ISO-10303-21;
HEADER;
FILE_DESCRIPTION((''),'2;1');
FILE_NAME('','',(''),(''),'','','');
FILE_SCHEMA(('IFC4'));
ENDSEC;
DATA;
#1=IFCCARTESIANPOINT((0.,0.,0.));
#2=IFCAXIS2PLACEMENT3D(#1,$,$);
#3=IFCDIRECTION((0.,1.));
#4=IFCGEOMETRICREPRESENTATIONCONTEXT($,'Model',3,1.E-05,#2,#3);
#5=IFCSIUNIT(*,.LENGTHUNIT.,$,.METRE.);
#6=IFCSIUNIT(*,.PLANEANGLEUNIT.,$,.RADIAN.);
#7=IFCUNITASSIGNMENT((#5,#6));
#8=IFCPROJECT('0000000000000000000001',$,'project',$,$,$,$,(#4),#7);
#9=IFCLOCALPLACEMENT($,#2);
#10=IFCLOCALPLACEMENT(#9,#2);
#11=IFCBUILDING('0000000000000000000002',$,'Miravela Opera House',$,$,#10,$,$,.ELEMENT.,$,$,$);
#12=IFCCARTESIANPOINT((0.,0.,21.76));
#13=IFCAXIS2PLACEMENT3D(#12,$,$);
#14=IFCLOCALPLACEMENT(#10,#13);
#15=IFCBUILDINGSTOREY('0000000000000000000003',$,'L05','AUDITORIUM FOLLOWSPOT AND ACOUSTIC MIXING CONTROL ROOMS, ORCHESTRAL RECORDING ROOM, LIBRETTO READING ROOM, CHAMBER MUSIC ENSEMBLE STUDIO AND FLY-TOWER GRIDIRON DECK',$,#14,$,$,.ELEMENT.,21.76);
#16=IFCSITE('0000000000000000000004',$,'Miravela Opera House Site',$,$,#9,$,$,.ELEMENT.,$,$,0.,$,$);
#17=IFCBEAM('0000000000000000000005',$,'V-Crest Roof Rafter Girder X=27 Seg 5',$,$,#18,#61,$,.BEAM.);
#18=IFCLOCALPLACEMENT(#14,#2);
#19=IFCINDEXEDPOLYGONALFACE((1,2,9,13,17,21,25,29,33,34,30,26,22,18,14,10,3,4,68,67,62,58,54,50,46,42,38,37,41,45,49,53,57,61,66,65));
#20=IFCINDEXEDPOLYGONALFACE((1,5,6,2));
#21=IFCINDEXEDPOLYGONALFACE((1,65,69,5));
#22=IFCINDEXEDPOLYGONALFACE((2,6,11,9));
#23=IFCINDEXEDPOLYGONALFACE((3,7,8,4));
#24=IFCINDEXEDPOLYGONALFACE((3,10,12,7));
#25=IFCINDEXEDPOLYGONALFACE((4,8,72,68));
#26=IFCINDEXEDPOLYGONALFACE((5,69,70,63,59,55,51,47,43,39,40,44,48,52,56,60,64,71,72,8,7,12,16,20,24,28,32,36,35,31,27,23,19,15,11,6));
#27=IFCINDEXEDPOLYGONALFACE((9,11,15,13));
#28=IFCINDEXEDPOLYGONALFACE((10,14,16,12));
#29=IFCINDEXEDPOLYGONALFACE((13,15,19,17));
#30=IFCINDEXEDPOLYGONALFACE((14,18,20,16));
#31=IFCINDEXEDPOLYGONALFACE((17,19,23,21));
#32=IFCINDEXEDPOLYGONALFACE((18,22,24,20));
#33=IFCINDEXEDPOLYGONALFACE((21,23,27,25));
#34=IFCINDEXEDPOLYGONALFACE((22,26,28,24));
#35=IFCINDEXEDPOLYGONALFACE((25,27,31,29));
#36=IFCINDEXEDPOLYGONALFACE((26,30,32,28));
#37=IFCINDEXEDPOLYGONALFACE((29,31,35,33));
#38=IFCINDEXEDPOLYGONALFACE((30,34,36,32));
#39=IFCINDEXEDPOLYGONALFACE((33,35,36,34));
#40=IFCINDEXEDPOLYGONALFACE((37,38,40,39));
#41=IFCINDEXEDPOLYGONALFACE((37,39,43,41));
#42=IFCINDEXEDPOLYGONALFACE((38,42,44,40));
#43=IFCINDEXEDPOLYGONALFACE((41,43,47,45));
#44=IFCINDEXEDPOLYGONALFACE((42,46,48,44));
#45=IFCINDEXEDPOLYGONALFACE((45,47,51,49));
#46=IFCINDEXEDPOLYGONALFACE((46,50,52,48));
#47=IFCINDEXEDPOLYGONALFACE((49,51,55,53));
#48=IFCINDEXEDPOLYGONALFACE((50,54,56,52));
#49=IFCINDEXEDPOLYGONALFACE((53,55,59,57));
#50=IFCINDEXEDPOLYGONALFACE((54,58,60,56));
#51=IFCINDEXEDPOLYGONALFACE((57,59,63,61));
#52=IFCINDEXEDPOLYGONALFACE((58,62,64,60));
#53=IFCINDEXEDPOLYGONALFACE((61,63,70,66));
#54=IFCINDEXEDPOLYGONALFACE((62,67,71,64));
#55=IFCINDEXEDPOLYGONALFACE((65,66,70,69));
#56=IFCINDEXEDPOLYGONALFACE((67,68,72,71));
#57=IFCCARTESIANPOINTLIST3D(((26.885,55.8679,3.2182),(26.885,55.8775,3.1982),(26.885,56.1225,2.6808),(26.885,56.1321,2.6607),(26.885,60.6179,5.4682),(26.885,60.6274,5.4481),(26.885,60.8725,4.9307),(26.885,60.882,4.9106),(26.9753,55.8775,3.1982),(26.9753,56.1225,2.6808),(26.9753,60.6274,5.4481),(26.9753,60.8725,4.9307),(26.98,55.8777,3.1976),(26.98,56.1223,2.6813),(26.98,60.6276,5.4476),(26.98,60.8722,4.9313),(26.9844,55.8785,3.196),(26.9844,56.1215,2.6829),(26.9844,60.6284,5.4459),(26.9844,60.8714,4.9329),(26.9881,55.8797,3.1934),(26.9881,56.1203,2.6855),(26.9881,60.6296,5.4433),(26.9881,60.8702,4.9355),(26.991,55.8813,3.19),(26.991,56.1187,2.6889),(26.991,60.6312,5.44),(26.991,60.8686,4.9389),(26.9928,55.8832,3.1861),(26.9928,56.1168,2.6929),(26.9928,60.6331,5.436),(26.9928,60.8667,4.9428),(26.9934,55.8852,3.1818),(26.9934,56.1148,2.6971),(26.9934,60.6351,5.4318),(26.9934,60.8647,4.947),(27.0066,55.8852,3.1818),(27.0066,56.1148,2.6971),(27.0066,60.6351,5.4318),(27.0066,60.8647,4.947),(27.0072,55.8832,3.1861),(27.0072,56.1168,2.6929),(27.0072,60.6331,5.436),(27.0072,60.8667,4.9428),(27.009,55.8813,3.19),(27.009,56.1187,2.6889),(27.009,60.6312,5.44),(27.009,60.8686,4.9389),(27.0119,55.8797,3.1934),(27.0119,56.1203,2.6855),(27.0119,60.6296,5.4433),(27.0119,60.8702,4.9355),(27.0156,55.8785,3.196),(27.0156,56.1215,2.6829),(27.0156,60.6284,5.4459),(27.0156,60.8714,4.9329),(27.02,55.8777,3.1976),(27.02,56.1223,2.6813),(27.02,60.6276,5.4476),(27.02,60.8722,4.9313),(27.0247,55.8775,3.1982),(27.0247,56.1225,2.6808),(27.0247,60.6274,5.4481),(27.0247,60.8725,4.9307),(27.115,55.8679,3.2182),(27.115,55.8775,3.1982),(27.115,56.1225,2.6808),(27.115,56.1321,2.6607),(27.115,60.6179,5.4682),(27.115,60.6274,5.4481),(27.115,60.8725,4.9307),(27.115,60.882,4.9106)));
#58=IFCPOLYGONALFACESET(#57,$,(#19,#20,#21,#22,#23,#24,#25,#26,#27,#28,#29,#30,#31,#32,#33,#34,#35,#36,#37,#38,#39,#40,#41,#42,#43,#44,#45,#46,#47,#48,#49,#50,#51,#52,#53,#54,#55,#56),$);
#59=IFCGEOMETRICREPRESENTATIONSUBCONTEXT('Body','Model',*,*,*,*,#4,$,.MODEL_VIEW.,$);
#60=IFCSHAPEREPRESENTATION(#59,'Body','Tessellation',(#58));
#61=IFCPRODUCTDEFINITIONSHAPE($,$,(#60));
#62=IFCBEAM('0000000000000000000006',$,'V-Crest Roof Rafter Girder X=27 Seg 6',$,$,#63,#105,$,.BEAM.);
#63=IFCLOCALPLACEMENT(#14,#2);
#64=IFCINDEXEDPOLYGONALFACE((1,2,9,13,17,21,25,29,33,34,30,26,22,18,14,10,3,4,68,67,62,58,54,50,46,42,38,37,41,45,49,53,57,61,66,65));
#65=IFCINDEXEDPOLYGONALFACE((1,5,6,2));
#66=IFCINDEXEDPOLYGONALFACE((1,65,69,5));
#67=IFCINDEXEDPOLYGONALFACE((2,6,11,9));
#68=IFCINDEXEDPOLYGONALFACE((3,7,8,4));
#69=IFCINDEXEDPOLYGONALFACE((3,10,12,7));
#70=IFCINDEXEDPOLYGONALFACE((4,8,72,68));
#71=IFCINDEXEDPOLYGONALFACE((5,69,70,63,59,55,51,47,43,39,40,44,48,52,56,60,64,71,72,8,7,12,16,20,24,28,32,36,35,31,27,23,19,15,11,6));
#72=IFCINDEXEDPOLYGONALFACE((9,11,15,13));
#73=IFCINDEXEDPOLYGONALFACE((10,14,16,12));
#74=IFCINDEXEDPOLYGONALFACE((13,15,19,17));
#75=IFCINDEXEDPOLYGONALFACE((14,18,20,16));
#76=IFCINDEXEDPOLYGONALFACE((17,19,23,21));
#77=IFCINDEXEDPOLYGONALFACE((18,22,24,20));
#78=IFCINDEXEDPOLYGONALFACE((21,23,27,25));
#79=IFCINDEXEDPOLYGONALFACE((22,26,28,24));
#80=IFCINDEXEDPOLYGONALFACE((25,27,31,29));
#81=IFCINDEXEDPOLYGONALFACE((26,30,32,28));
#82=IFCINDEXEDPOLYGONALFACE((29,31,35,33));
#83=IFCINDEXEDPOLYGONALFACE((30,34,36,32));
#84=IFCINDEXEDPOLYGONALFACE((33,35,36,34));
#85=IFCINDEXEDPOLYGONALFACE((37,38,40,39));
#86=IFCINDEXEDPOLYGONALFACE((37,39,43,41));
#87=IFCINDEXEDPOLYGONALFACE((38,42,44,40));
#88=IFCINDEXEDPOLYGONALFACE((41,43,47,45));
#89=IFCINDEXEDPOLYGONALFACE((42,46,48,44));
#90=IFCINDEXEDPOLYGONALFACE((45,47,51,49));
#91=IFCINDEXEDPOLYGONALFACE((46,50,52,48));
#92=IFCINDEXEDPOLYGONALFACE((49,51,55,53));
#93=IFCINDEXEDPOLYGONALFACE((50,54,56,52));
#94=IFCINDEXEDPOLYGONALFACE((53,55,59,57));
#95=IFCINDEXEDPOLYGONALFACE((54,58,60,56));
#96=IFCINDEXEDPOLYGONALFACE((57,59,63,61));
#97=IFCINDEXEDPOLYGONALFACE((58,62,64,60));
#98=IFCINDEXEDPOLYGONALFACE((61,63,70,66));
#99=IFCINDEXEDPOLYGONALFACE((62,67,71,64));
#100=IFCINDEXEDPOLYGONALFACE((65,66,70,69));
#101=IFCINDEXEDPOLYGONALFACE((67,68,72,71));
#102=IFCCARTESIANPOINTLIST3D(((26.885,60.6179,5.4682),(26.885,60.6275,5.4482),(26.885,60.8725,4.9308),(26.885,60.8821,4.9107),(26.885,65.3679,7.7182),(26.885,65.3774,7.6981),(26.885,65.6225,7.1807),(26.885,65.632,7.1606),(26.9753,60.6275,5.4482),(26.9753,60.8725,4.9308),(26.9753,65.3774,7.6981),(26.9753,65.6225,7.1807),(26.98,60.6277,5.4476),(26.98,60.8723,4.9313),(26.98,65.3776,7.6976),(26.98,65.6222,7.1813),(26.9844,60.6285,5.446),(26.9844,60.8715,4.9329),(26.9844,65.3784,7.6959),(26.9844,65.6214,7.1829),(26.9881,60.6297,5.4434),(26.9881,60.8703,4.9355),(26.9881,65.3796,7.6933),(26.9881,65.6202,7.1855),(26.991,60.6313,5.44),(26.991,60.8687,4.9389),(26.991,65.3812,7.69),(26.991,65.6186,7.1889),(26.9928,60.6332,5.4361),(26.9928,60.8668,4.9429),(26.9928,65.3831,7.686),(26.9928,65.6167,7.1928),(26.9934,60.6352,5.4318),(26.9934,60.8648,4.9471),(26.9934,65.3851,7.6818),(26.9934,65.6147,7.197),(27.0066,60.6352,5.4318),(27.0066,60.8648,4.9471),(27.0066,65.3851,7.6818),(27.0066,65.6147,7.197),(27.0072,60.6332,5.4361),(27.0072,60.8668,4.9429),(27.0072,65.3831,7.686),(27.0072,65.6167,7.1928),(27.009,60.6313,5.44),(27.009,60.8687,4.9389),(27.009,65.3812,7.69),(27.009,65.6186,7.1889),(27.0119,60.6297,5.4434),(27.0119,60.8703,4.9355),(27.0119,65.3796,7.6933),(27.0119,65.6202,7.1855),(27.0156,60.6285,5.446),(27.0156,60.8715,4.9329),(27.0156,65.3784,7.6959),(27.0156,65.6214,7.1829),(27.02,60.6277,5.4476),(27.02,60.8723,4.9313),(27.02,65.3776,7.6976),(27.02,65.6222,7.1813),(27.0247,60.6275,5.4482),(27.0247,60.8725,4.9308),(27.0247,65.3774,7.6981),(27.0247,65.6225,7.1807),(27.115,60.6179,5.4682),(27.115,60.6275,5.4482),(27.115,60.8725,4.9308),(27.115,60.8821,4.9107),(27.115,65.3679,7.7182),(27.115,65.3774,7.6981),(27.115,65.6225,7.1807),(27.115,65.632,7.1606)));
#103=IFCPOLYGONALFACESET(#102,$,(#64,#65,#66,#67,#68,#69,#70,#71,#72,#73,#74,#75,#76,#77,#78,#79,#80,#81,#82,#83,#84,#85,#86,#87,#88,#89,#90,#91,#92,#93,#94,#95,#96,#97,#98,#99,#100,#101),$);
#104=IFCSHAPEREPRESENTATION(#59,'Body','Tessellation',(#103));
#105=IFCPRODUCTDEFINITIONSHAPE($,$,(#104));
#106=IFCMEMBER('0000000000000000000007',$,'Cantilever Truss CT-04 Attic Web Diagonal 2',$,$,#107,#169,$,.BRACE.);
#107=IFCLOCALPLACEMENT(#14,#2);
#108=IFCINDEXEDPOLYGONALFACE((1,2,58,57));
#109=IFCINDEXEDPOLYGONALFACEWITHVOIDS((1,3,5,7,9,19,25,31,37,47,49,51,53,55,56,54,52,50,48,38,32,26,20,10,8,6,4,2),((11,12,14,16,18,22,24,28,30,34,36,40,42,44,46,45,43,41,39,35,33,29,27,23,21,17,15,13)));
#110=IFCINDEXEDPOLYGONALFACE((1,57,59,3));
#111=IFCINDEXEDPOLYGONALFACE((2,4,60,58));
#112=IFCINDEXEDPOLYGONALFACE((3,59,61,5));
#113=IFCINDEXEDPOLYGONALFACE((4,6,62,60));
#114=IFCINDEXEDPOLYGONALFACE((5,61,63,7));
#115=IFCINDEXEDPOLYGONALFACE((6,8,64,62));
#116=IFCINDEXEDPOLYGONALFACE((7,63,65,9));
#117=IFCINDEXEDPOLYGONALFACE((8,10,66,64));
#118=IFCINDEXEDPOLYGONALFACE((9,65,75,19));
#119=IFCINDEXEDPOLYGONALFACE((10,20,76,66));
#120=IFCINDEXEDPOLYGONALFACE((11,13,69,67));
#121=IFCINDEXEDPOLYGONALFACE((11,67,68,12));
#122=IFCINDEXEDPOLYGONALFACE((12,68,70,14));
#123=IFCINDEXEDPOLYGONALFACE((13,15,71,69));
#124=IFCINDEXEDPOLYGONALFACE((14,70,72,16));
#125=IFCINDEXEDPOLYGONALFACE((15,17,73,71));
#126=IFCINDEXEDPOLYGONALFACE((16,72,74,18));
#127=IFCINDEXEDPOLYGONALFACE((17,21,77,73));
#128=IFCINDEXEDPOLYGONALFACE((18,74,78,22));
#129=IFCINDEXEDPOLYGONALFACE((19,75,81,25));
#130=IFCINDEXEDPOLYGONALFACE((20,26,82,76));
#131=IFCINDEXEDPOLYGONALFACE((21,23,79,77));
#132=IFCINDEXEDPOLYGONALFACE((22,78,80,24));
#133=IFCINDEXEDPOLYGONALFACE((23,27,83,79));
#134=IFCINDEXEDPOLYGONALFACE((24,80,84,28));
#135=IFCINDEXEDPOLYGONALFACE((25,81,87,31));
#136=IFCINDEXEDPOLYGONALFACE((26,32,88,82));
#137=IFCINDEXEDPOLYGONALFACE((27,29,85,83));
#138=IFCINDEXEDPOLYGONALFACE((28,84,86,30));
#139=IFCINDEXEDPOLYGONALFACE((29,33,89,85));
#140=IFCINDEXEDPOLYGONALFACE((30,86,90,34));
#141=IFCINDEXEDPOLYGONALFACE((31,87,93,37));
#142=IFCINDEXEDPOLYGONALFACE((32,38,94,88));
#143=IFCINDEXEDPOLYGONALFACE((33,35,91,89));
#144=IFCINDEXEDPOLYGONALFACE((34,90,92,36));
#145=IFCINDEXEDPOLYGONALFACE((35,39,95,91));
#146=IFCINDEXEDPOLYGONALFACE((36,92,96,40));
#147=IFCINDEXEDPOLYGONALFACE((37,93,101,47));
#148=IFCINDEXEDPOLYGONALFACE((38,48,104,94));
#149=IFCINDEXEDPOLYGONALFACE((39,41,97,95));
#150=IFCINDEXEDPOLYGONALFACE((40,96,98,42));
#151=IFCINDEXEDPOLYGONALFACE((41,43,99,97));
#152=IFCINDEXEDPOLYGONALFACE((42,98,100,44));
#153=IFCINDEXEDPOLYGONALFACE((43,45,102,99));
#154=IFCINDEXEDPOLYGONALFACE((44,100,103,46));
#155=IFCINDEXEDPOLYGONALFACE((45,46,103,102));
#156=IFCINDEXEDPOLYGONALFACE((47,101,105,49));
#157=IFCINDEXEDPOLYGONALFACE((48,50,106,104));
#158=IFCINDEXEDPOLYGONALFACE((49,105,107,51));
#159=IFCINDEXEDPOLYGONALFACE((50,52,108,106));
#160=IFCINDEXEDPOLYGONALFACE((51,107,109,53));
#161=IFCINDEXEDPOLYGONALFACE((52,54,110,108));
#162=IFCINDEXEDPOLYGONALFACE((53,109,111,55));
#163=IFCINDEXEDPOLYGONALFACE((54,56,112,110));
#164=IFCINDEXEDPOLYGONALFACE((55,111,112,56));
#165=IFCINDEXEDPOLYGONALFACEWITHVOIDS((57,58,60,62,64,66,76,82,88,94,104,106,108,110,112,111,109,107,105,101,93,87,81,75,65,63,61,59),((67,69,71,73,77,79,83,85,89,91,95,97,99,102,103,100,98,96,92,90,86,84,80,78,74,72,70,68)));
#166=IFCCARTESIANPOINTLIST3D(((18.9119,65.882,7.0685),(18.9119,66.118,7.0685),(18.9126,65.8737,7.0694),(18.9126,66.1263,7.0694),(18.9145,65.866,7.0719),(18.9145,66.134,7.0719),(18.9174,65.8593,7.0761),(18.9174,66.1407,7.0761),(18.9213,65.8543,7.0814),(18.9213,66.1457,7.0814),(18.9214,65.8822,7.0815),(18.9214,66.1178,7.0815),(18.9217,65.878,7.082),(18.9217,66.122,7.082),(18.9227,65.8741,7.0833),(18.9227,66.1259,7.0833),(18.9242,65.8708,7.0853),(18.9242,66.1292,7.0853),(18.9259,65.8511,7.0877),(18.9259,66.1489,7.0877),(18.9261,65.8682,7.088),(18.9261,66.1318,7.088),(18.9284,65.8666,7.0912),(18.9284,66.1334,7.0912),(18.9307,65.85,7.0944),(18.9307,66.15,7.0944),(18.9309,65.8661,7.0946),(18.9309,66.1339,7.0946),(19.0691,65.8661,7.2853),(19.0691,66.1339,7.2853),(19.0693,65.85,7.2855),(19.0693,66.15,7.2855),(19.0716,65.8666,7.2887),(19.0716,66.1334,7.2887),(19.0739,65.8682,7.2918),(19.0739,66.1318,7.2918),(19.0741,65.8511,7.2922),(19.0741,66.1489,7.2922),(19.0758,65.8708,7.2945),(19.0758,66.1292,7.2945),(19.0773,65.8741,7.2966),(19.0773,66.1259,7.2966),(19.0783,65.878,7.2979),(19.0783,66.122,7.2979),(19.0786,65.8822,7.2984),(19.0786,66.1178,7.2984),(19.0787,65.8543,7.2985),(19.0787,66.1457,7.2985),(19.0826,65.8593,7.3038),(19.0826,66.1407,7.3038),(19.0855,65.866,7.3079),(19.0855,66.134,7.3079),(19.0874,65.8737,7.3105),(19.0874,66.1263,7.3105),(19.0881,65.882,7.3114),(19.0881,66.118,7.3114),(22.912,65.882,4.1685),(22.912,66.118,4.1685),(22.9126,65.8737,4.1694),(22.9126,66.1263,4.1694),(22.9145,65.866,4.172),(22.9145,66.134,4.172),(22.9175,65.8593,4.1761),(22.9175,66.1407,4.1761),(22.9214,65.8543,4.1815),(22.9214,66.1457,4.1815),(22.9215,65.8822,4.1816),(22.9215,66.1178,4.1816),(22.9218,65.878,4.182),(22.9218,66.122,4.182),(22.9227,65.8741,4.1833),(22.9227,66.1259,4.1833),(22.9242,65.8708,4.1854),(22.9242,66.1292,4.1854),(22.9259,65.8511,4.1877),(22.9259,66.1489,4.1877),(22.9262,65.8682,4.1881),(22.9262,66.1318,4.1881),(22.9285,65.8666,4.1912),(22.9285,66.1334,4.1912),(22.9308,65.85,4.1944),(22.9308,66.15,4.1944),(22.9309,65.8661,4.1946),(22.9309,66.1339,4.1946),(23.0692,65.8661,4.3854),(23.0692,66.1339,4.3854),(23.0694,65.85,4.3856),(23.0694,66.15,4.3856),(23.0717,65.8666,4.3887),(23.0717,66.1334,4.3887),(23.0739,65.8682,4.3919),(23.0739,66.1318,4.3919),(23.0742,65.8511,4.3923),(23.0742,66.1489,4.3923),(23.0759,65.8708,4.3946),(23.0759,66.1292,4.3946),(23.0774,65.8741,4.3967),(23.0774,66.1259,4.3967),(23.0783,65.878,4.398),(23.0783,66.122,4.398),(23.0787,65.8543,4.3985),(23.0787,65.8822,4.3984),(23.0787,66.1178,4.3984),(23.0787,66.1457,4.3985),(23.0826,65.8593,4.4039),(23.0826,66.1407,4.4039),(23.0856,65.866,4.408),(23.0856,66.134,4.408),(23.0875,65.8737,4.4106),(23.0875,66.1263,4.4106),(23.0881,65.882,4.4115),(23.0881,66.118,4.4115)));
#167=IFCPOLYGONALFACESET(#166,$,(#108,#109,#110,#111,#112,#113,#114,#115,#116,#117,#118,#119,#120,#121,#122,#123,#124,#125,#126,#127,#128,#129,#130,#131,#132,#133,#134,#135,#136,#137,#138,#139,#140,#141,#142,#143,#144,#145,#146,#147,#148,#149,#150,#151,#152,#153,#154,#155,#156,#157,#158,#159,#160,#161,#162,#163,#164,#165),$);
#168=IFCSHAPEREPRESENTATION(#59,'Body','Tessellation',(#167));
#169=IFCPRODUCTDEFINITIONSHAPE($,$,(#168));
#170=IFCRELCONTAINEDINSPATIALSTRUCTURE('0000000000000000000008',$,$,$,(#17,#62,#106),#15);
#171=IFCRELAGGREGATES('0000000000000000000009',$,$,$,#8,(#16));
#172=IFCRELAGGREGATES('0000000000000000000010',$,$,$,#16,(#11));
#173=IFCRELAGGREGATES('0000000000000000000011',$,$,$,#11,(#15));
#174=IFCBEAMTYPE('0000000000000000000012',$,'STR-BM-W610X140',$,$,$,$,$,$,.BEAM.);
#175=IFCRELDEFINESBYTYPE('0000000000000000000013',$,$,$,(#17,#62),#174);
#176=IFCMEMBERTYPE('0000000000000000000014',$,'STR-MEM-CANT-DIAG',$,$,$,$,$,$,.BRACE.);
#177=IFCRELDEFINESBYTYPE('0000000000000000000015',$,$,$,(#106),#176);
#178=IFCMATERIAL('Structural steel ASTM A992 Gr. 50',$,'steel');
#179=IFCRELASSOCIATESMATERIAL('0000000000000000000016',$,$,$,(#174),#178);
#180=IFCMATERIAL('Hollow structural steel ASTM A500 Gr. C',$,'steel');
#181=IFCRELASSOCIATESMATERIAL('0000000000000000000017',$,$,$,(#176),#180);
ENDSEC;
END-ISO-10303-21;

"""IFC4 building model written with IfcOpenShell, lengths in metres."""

from ifc_helpers import new_model, si_unit, direction, frame, origin, origin_2d, place, context, subcontext, project, spatial, hollow_rectangle, i_section, extrude, material, material_profile, profile_set, type_object, element, save


model = new_model("IFC4")

# Units and contexts
model_context = context("Model", 3, precision=1e-05, world=origin(), true_north=direction((0.0, 1.0)))
body_context = subcontext(model_context, "Body", "Model", "MODEL_VIEW")
ifc_project = project(units=[si_unit("LENGTHUNIT", "METRE"), si_unit("PLANEANGLEUNIT", "RADIAN")], contexts=[model_context])

# Site, building, storey
site_placement = place(None, origin())
site = spatial("IfcSite", under=ifc_project, at=site_placement, Name="Miravela Opera House Site", CompositionType="ELEMENT", RefElevation=0.0)
building_placement = place(site_placement, origin())
building = spatial("IfcBuilding", under=site, at=building_placement, Name="Miravela Opera House", CompositionType="ELEMENT")
storey_placement = place(building_placement, frame((0.0, 0.0, 21.76)))
storey = spatial("IfcBuildingStorey", under=building, at=storey_placement, Name="L05", Description="AUDITORIUM FOLLOWSPOT AND ACOUSTIC MIXING CONTROL ROOMS, ORCHESTRAL RECORDING ROOM, LIBRETTO READING ROOM, CHAMBER MUSIC ENSEMBLE STUDIO AND FLY-TOWER GRIDIRON DECK", CompositionType="ELEMENT", Elevation=21.76)

# Beams
ifc_material_1 = material(Name="Structural steel ASTM A992 Gr. 50", Category="steel")
ifc_material_profile_1 = material_profile(ifc_material_1, i_section(OverallWidth=0.23, OverallDepth=0.6169, WebThickness=0.0132, FlangeThickness=0.0222, FilletRadius=0.0181, at=origin_2d()), Name="W610X140")
ifc_profile_set_1 = profile_set([ifc_material_profile_1])
beam_type_1 = type_object("IfcBeamType", Name="STR-BM-W610X140", PredefinedType="BEAM", material=ifc_profile_set_1)
for number, where, z_axis, x_axis, name in (
    (1, (27.0, 56.0, 2.9395), (0.0, 0.903738, 0.428086), (-1.0, 0.0, 0.0), "V-Crest Roof Rafter Girder X=27 Seg 5"),
    (2, (27.0, 60.75, 5.1895), (0.0, 0.903738, 0.428086), (-1.0, 0.0, 0.0), "V-Crest Roof Rafter Girder X=27 Seg 6"),
):
    element("IfcBeam", number, at=place(storey_placement, frame(where, z_axis=z_axis, x_axis=x_axis)), inside=storey, type_object=beam_type_1, Name=name, PredefinedType="BEAM", context=body_context, shape_type="SweptSolid", body=[
        extrude(i_section(OverallWidth=0.23, OverallDepth=0.6169, WebThickness=0.0132, FlangeThickness=0.0222, FilletRadius=0.0181, at=origin_2d()), origin(), (0.0, 0.0, 1.0), 5.2559),
    ])

# Member
ifc_material_2 = material(Name="Hollow structural steel ASTM A500 Gr. C", Category="steel")
ifc_material_profile_2 = material_profile(ifc_material_2, hollow_rectangle(XDim=0.3, YDim=0.3, WallThickness=0.0161, InnerFilletRadius=0.0161, OuterFilletRadius=0.032, at=origin_2d()), Name="HSS300X300X16")
ifc_profile_set_2 = profile_set([ifc_material_profile_2])
member_type_1 = type_object("IfcMemberType", Name="STR-MEM-CANT-DIAG", PredefinedType="BRACE", material=ifc_profile_set_2)
for number, where, z_axis, x_axis, name in (
    (3, (19.0, 66.0, 7.1899), (0.80962, 0.0, -0.586955), (0.0, 1.0, 0.0), "Cantilever Truss CT-04 Attic Web Diagonal 2"),
):
    element("IfcMember", number, at=place(storey_placement, frame(where, z_axis=z_axis, x_axis=x_axis)), inside=storey, type_object=member_type_1, Name=name, PredefinedType="BRACE", context=body_context, shape_type="SweptSolid", body=[
        extrude(hollow_rectangle(XDim=0.3, YDim=0.3, WallThickness=0.0161, InnerFilletRadius=0.0161, OuterFilletRadius=0.032, at=origin_2d()), origin(), (0.0, 0.0, 1.0), 4.9407),
    ])

save(model, "model.ifc")
